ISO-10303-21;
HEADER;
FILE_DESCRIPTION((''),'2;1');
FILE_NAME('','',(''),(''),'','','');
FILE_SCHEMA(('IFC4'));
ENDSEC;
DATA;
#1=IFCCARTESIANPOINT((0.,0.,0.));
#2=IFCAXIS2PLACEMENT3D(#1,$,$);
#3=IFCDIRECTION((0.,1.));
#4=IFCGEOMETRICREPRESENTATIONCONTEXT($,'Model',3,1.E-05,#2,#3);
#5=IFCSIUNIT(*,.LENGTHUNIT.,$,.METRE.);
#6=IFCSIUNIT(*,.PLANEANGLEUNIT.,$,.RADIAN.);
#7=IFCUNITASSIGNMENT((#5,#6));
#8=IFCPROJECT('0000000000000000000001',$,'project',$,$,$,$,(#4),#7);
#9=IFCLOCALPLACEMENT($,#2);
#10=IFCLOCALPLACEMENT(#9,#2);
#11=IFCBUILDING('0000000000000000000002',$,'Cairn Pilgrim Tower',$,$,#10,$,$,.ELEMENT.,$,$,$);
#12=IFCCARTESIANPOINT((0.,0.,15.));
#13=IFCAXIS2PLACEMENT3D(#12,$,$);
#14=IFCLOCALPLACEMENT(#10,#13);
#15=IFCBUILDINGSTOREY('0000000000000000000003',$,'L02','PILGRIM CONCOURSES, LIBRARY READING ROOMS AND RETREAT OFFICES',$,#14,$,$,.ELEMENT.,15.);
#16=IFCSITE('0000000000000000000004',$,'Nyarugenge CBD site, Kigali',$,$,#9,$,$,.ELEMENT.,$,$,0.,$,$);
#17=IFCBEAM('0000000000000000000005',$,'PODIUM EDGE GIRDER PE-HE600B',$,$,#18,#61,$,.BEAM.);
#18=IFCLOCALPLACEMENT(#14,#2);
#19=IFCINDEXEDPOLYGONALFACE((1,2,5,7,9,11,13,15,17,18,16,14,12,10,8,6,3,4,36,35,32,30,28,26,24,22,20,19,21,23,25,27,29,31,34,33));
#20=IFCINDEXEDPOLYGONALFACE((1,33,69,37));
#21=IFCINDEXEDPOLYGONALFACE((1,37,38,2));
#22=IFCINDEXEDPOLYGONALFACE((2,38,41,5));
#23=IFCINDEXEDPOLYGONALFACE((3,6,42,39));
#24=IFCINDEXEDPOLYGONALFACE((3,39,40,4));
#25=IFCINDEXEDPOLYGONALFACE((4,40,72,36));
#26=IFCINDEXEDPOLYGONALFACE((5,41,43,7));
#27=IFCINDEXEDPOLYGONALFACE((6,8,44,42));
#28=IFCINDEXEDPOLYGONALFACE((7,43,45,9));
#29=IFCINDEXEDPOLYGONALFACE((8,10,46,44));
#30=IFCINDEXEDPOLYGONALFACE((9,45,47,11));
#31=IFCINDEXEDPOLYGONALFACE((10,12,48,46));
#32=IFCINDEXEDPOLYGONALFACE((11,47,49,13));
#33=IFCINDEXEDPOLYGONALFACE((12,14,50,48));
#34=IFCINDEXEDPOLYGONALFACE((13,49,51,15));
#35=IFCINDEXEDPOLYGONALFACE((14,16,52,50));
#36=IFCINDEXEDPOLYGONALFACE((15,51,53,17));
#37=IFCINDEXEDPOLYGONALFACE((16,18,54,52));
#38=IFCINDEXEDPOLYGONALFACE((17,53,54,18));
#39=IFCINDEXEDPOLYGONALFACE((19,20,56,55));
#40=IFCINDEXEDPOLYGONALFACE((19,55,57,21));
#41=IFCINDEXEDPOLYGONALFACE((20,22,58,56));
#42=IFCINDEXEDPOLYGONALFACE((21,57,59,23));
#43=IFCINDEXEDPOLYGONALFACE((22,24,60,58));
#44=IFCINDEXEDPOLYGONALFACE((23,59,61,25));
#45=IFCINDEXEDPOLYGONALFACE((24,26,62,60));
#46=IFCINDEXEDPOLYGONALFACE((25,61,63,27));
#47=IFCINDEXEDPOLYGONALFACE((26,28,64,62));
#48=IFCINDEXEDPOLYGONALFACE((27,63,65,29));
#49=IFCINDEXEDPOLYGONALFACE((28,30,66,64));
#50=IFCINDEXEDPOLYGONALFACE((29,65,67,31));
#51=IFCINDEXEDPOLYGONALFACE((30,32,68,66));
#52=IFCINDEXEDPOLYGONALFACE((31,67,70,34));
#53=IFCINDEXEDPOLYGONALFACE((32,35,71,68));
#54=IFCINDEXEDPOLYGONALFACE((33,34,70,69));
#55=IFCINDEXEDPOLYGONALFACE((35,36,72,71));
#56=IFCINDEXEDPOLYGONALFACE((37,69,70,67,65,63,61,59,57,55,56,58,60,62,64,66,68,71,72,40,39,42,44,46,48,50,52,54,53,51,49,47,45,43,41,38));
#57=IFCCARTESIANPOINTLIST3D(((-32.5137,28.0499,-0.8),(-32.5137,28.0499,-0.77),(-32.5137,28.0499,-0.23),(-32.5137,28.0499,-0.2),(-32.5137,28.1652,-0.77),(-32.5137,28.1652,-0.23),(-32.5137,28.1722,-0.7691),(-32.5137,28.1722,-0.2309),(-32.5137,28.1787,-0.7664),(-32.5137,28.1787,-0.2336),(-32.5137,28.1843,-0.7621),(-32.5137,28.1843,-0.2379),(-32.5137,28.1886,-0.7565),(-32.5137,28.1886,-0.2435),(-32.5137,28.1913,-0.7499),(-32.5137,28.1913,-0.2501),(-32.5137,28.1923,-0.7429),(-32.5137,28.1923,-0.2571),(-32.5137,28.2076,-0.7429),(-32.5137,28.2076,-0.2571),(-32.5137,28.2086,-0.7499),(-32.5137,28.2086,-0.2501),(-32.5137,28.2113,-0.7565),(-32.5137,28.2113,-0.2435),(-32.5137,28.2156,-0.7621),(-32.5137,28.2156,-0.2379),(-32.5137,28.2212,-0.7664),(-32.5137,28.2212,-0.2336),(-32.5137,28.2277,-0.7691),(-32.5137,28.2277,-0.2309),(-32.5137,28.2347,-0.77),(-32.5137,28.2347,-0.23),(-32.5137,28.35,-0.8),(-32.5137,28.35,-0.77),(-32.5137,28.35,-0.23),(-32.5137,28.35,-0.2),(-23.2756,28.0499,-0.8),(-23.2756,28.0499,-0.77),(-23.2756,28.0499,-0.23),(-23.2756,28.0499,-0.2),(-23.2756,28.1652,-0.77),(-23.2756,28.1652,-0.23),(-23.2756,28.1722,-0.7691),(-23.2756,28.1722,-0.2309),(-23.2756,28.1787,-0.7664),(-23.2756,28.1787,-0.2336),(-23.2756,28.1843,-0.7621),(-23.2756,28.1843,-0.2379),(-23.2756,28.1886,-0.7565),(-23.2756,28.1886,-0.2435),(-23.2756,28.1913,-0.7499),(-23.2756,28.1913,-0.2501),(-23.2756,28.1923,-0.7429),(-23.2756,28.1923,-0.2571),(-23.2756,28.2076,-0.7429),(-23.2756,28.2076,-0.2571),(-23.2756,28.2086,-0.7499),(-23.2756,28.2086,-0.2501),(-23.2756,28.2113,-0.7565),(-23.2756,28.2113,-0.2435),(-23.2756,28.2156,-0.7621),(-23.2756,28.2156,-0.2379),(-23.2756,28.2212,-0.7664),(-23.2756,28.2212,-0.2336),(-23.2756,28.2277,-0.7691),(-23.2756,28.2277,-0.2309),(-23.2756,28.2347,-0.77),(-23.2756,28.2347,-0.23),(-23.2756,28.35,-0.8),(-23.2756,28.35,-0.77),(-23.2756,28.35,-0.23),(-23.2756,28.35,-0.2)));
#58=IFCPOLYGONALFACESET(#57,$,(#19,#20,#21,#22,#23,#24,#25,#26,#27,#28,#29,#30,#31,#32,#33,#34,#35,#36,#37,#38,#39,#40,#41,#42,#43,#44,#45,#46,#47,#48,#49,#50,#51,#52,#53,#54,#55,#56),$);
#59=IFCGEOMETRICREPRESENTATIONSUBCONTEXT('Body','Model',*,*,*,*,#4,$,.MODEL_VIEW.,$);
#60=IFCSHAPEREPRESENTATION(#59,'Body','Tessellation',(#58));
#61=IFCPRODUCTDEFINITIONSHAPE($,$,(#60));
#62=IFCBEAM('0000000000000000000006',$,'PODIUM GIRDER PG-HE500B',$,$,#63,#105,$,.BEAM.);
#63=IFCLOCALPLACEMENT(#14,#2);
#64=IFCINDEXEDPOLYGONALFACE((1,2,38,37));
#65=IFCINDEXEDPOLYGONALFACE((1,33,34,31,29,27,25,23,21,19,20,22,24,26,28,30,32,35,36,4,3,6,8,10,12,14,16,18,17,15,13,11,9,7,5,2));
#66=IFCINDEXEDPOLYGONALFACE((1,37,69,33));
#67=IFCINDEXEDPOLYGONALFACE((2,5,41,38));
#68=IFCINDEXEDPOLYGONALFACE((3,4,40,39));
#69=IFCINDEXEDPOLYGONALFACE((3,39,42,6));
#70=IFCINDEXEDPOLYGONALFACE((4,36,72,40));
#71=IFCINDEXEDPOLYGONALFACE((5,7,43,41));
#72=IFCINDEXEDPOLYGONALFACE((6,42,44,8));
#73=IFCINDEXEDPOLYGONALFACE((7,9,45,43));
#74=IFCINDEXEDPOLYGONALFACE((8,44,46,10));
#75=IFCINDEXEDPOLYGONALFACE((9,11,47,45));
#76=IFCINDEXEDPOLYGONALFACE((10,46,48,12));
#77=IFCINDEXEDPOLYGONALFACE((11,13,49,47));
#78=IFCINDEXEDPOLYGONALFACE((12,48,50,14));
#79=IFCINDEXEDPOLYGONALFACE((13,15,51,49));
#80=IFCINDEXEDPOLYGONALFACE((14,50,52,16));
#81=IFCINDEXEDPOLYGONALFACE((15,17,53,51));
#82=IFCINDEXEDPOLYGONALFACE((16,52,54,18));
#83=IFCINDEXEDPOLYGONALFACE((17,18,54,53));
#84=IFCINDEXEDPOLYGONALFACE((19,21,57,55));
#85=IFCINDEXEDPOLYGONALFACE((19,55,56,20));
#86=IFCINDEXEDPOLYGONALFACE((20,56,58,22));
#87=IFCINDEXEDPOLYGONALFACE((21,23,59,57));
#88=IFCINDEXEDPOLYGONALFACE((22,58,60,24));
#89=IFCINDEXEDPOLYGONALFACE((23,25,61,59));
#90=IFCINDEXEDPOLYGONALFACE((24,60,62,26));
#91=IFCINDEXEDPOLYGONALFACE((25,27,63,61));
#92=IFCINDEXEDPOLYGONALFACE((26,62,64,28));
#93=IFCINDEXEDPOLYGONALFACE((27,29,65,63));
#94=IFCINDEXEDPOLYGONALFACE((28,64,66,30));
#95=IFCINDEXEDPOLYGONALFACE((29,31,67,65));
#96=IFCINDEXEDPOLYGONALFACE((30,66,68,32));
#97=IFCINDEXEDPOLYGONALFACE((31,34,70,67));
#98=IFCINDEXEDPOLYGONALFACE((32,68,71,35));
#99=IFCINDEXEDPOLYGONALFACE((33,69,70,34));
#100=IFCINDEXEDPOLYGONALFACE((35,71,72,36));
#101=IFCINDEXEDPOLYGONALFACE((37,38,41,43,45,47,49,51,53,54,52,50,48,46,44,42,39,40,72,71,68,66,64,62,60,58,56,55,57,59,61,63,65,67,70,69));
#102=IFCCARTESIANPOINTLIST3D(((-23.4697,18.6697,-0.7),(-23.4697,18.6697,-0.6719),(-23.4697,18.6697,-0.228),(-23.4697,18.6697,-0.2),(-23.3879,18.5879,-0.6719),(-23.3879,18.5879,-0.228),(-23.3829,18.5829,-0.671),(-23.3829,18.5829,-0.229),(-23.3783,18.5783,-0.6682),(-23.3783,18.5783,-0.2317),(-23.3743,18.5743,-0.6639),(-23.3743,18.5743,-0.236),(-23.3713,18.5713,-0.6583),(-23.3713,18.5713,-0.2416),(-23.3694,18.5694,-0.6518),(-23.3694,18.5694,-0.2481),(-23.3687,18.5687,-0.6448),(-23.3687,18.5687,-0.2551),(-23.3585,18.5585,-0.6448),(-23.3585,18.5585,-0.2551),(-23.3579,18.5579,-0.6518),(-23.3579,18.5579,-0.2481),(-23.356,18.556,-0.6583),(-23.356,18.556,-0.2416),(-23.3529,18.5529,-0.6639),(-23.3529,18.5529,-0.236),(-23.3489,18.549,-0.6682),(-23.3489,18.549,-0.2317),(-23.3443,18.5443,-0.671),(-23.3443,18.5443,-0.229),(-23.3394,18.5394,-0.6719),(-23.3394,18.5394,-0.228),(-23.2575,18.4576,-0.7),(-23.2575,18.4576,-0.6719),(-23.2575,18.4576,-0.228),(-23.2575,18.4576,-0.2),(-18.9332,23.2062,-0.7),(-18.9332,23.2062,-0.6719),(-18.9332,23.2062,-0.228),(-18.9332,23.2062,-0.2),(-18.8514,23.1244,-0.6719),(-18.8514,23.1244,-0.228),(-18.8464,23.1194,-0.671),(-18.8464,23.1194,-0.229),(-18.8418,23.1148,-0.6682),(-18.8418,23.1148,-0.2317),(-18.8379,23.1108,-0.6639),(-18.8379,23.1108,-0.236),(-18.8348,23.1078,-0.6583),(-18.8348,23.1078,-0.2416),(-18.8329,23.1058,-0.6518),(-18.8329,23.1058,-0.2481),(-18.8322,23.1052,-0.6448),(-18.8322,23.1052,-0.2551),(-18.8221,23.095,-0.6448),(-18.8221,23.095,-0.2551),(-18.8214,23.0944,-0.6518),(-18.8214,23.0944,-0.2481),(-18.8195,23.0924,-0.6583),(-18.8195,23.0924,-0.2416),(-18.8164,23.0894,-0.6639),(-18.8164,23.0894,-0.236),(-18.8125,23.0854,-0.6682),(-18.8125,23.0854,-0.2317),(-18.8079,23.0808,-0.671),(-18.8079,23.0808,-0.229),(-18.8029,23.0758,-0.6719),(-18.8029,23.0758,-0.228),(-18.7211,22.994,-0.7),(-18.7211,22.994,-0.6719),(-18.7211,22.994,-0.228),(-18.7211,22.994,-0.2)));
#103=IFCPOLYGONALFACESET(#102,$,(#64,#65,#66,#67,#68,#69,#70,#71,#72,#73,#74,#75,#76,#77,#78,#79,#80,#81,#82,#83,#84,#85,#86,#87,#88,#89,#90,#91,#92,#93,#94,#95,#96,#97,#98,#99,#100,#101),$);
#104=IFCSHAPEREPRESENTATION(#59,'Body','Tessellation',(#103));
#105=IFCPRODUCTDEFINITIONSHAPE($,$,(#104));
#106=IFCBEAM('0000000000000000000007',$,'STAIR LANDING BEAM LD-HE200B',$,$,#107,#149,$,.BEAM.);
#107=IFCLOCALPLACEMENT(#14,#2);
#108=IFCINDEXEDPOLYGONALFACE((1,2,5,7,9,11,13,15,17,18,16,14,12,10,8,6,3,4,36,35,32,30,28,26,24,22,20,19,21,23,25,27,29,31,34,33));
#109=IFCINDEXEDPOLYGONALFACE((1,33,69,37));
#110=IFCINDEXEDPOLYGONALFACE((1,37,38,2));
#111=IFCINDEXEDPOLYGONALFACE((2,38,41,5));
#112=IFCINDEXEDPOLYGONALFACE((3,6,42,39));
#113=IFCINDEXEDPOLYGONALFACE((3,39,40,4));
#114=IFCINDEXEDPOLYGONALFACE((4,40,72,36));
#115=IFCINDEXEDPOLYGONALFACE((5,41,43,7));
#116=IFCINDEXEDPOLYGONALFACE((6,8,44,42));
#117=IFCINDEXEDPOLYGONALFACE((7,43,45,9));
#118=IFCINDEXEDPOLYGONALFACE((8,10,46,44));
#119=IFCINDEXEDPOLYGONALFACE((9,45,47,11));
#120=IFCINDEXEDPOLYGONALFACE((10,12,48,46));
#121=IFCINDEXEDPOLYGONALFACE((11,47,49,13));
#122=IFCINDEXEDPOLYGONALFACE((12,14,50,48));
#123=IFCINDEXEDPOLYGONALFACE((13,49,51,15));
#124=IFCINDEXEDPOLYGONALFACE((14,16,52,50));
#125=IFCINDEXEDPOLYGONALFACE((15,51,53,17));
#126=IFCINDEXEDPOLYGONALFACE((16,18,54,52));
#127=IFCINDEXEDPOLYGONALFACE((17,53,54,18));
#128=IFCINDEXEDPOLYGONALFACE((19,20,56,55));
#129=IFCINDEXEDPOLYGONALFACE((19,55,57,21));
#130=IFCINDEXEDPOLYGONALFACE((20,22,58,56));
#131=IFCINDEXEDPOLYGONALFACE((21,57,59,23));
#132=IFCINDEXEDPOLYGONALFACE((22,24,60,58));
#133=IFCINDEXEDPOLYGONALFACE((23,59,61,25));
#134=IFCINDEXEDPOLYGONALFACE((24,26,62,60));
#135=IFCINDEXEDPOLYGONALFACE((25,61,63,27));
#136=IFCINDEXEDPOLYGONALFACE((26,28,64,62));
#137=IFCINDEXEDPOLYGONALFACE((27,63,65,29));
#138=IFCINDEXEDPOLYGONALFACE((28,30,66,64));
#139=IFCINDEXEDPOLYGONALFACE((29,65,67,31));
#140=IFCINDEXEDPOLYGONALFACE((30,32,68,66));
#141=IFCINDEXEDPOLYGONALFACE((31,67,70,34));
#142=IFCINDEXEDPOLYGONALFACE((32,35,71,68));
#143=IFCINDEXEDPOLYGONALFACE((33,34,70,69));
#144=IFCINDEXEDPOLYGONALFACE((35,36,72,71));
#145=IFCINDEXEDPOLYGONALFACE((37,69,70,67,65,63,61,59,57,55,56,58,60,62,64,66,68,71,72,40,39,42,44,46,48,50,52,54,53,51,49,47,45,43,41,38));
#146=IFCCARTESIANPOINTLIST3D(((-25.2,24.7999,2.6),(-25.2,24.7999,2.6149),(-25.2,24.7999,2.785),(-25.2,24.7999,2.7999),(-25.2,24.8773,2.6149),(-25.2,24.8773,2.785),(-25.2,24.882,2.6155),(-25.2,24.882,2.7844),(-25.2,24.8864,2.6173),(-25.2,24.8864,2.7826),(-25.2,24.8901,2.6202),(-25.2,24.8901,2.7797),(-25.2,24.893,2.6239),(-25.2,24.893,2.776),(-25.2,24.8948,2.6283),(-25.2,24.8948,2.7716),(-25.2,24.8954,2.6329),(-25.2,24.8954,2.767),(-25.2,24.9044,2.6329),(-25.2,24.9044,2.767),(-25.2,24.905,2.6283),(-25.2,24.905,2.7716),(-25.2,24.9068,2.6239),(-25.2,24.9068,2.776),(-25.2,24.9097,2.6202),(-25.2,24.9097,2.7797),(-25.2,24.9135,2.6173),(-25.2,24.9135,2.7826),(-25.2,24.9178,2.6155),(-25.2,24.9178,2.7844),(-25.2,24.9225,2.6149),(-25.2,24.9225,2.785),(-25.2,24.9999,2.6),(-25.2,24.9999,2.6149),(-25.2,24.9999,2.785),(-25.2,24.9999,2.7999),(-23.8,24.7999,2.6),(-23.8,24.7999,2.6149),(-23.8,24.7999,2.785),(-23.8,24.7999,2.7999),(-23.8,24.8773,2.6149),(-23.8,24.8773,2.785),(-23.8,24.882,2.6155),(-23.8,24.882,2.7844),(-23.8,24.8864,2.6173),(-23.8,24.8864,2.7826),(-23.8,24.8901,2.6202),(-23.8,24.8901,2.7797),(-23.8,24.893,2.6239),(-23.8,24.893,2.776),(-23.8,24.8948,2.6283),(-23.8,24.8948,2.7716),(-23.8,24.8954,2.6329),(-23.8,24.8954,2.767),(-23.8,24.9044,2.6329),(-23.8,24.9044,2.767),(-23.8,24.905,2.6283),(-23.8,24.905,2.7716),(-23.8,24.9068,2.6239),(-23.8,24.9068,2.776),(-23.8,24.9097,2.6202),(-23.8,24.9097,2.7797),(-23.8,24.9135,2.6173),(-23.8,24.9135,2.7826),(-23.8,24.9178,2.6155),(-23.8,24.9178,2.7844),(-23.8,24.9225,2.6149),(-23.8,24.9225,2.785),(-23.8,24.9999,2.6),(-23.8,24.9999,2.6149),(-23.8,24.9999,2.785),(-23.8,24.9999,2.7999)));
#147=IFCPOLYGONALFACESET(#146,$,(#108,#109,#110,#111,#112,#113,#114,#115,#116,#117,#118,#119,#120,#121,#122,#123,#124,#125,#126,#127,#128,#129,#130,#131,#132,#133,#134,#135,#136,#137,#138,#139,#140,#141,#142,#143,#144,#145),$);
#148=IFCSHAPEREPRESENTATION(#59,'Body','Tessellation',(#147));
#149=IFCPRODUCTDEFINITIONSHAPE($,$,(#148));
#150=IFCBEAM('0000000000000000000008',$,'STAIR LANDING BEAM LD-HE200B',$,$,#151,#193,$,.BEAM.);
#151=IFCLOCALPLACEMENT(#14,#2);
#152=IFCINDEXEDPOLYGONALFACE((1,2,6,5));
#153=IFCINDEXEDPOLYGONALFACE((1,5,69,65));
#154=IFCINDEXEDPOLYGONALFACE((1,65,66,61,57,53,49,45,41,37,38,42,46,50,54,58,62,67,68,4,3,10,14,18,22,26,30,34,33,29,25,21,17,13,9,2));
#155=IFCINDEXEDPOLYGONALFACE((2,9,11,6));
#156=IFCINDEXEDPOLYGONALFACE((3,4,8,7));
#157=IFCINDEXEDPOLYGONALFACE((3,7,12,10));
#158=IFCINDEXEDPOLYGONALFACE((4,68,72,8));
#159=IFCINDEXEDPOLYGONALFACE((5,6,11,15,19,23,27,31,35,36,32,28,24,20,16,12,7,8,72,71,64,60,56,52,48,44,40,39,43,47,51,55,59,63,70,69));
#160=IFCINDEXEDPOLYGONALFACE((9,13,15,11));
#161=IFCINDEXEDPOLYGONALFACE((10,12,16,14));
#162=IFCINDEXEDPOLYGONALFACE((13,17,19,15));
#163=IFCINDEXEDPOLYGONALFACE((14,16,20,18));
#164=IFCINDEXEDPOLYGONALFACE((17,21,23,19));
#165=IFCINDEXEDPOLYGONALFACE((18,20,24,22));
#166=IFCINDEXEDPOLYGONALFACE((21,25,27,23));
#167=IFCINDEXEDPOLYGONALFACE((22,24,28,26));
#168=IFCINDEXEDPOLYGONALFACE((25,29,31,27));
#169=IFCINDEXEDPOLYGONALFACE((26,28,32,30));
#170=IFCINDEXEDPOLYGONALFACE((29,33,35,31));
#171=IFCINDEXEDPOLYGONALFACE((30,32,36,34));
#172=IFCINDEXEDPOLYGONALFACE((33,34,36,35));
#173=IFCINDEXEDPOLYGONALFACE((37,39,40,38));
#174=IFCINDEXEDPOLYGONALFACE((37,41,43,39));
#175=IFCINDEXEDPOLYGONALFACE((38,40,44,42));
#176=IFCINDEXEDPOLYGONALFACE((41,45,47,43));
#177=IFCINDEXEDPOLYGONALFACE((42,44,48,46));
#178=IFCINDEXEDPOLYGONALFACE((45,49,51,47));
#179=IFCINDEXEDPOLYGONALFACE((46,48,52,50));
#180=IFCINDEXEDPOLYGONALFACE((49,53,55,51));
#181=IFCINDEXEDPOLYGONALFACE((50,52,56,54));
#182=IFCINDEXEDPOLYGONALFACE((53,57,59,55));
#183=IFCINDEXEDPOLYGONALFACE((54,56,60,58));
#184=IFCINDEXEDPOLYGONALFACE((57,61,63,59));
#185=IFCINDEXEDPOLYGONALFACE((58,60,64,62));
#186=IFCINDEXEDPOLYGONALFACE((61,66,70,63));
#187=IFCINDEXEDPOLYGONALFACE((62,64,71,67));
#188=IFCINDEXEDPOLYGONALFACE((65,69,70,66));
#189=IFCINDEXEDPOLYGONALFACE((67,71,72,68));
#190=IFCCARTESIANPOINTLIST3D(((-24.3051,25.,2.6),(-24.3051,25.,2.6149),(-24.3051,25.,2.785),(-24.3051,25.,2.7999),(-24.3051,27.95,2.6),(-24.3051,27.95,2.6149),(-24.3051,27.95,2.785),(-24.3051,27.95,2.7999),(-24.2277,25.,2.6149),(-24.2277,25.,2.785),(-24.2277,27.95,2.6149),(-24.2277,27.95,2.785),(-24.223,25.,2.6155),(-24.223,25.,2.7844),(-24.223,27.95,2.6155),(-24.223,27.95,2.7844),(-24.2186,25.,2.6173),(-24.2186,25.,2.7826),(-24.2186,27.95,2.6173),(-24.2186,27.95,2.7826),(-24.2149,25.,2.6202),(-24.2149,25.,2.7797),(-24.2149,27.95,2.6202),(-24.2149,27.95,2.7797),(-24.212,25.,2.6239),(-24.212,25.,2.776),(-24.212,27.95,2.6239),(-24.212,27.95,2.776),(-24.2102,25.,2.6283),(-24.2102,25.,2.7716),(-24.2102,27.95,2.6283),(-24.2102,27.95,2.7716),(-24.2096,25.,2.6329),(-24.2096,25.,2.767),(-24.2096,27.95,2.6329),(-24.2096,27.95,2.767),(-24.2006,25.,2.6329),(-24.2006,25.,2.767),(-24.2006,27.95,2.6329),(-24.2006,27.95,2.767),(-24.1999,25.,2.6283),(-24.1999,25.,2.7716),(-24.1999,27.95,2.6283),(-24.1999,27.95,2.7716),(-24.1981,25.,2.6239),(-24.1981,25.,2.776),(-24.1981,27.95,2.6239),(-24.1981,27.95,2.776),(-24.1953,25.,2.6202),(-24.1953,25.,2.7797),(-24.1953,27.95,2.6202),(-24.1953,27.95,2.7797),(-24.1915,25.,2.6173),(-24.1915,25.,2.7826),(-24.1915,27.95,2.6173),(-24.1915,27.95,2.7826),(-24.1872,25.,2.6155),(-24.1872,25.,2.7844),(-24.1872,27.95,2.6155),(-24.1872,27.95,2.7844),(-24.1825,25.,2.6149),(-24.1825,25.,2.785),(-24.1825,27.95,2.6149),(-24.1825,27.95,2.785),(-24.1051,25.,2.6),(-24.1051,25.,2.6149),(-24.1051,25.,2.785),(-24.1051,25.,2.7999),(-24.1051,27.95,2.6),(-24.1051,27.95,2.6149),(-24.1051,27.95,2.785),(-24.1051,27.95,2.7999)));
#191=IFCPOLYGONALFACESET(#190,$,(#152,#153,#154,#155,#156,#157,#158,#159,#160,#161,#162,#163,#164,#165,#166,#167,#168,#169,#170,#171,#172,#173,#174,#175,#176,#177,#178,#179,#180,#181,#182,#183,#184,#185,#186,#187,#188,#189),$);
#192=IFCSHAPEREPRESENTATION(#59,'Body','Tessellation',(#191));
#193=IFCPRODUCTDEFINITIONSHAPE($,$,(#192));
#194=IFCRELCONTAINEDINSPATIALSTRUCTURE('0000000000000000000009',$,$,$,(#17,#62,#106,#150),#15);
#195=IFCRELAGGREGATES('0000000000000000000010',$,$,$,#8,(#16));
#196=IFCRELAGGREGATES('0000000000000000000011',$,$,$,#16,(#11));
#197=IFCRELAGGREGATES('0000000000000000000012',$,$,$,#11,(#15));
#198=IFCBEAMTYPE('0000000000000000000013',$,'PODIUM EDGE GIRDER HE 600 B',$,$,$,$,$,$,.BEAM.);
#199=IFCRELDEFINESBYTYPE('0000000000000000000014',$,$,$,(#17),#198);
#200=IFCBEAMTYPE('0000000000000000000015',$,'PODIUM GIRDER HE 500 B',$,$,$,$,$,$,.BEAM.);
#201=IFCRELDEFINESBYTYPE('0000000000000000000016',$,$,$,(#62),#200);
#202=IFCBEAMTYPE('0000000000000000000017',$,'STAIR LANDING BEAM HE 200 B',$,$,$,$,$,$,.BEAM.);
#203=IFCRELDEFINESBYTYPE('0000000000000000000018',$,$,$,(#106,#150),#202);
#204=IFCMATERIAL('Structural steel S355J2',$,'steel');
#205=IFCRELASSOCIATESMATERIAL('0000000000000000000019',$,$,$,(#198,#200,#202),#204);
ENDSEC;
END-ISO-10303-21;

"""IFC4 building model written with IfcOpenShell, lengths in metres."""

from ifc_helpers import new_model, si_unit, direction, frame, origin, origin_2d, place, context, subcontext, project, spatial, i_section, extrude, material, material_profile, profile_set, type_object, element, save


model = new_model("IFC4")

# Units and contexts
model_context = context("Model", 3, precision=1e-05, world=origin(), true_north=direction((0.0, 1.0)))
body_context = subcontext(model_context, "Body", "Model", "MODEL_VIEW")
ifc_project = project(units=[si_unit("LENGTHUNIT", "METRE"), si_unit("PLANEANGLEUNIT", "RADIAN")], contexts=[model_context])

# Site, building, storey
site_placement = place(None, origin())
site = spatial("IfcSite", under=ifc_project, at=site_placement, Name="Nyarugenge CBD site, Kigali", CompositionType="ELEMENT", RefElevation=0.0)
building_placement = place(site_placement, origin())
building = spatial("IfcBuilding", under=site, at=building_placement, Name="Cairn Pilgrim Tower", CompositionType="ELEMENT")
storey_placement = place(building_placement, frame((0.0, 0.0, 15.0)))
storey = spatial("IfcBuildingStorey", under=building, at=storey_placement, Name="L02", Description="PILGRIM CONCOURSES, LIBRARY READING ROOMS AND RETREAT OFFICES", CompositionType="ELEMENT", Elevation=15.0)

# Shared definitions
ifc_material_1 = material(Name="Structural steel S355J2", Category="steel")

# Beams
ifc_material_profile_1 = material_profile(ifc_material_1, i_section(OverallWidth=0.3, OverallDepth=0.6001, WebThickness=0.0154, FlangeThickness=0.03, FilletRadius=0.0271, at=origin_2d()), Name="HEB 600")
ifc_profile_set_1 = profile_set([ifc_material_profile_1], Name="Structural steel S355J2")
beam_type_1 = type_object("IfcBeamType", Name="PODIUM EDGE GIRDER HE 600 B", PredefinedType="BEAM", material=ifc_profile_set_1)
beam_1_placement = place(storey_placement, frame((-23.2756, 28.2, -0.5), z_axis=(-1.0, 0.0, 0.0), x_axis=(0.0, -1.0, 0.0)))
element("IfcBeam", 1, at=beam_1_placement, inside=storey, type_object=beam_type_1, Name="PODIUM EDGE GIRDER PE-HE600B", PredefinedType="BEAM", context=body_context, shape_type="SweptSolid", body=[
    extrude(i_section(OverallWidth=0.3, OverallDepth=0.6001, WebThickness=0.0154, FlangeThickness=0.03, FilletRadius=0.0271, at=origin_2d()), origin(), (0.0, 0.0, 1.0), 9.238),
])
ifc_material_profile_2 = material_profile(ifc_material_1, i_section(OverallWidth=0.3, OverallDepth=0.5, WebThickness=0.0144, FlangeThickness=0.0281, FilletRadius=0.0271, at=origin_2d()), Name="HEB 500")
ifc_profile_set_2 = profile_set([ifc_material_profile_2], Name="Structural steel S355J2")
beam_type_2 = type_object("IfcBeamType", Name="PODIUM GIRDER HE 500 B", PredefinedType="BEAM", material=ifc_profile_set_2)
beam_2_placement = place(storey_placement, frame((-18.8271, 23.1001, -0.45), z_axis=(-0.707107, -0.707107, 0.0), x_axis=(0.707107, -0.707107, 0.0)))
element("IfcBeam", 2, at=beam_2_placement, inside=storey, type_object=beam_type_2, Name="PODIUM GIRDER PG-HE500B", PredefinedType="BEAM", context=body_context, shape_type="SweptSolid", body=[
    extrude(i_section(OverallWidth=0.3, OverallDepth=0.5, WebThickness=0.0144, FlangeThickness=0.0281, FilletRadius=0.0271, at=origin_2d()), origin(), (0.0, 0.0, 1.0), 6.4155),
])
ifc_material_profile_3 = material_profile(ifc_material_1, i_section(OverallWidth=0.2, OverallDepth=0.2, WebThickness=0.009, FlangeThickness=0.0149, FilletRadius=0.0181, at=origin_2d()), Name="HE 200 B")
ifc_profile_set_3 = profile_set([ifc_material_profile_3], Name="Structural steel S355J2")
beam_type_3 = type_object("IfcBeamType", Name="STAIR LANDING BEAM HE 200 B", PredefinedType="BEAM", material=ifc_profile_set_3)
beam_3_placement = place(storey_placement, frame((-23.8, 24.8999, 2.7), z_axis=(-1.0, 0.0, 0.0), x_axis=(0.0, -1.0, 0.0)))
element("IfcBeam", 3, at=beam_3_placement, inside=storey, type_object=beam_type_3, Name="STAIR LANDING BEAM LD-HE200B", PredefinedType="BEAM", context=body_context, shape_type="SweptSolid", body=[
    extrude(i_section(OverallWidth=0.2, OverallDepth=0.2, WebThickness=0.009, FlangeThickness=0.0149, FilletRadius=0.0181, at=origin_2d()), origin(), (0.0, 0.0, 1.0), 1.3999),
])
beam_4_placement = place(storey_placement, frame((-24.2051, 25.0, 2.7), z_axis=(0.0, 1.0, 0.0), x_axis=(-1.0, 0.0, 0.0)))
element("IfcBeam", 4, at=beam_4_placement, inside=storey, type_object=beam_type_3, Name="STAIR LANDING BEAM LD-HE200B", PredefinedType="BEAM", context=body_context, shape_type="SweptSolid", body=[
    extrude(i_section(OverallWidth=0.2, OverallDepth=0.2, WebThickness=0.009, FlangeThickness=0.0149, FilletRadius=0.0181, at=origin_2d()), origin(), (0.0, 0.0, 1.0), 2.95),
])

save(model, "model.ifc")
